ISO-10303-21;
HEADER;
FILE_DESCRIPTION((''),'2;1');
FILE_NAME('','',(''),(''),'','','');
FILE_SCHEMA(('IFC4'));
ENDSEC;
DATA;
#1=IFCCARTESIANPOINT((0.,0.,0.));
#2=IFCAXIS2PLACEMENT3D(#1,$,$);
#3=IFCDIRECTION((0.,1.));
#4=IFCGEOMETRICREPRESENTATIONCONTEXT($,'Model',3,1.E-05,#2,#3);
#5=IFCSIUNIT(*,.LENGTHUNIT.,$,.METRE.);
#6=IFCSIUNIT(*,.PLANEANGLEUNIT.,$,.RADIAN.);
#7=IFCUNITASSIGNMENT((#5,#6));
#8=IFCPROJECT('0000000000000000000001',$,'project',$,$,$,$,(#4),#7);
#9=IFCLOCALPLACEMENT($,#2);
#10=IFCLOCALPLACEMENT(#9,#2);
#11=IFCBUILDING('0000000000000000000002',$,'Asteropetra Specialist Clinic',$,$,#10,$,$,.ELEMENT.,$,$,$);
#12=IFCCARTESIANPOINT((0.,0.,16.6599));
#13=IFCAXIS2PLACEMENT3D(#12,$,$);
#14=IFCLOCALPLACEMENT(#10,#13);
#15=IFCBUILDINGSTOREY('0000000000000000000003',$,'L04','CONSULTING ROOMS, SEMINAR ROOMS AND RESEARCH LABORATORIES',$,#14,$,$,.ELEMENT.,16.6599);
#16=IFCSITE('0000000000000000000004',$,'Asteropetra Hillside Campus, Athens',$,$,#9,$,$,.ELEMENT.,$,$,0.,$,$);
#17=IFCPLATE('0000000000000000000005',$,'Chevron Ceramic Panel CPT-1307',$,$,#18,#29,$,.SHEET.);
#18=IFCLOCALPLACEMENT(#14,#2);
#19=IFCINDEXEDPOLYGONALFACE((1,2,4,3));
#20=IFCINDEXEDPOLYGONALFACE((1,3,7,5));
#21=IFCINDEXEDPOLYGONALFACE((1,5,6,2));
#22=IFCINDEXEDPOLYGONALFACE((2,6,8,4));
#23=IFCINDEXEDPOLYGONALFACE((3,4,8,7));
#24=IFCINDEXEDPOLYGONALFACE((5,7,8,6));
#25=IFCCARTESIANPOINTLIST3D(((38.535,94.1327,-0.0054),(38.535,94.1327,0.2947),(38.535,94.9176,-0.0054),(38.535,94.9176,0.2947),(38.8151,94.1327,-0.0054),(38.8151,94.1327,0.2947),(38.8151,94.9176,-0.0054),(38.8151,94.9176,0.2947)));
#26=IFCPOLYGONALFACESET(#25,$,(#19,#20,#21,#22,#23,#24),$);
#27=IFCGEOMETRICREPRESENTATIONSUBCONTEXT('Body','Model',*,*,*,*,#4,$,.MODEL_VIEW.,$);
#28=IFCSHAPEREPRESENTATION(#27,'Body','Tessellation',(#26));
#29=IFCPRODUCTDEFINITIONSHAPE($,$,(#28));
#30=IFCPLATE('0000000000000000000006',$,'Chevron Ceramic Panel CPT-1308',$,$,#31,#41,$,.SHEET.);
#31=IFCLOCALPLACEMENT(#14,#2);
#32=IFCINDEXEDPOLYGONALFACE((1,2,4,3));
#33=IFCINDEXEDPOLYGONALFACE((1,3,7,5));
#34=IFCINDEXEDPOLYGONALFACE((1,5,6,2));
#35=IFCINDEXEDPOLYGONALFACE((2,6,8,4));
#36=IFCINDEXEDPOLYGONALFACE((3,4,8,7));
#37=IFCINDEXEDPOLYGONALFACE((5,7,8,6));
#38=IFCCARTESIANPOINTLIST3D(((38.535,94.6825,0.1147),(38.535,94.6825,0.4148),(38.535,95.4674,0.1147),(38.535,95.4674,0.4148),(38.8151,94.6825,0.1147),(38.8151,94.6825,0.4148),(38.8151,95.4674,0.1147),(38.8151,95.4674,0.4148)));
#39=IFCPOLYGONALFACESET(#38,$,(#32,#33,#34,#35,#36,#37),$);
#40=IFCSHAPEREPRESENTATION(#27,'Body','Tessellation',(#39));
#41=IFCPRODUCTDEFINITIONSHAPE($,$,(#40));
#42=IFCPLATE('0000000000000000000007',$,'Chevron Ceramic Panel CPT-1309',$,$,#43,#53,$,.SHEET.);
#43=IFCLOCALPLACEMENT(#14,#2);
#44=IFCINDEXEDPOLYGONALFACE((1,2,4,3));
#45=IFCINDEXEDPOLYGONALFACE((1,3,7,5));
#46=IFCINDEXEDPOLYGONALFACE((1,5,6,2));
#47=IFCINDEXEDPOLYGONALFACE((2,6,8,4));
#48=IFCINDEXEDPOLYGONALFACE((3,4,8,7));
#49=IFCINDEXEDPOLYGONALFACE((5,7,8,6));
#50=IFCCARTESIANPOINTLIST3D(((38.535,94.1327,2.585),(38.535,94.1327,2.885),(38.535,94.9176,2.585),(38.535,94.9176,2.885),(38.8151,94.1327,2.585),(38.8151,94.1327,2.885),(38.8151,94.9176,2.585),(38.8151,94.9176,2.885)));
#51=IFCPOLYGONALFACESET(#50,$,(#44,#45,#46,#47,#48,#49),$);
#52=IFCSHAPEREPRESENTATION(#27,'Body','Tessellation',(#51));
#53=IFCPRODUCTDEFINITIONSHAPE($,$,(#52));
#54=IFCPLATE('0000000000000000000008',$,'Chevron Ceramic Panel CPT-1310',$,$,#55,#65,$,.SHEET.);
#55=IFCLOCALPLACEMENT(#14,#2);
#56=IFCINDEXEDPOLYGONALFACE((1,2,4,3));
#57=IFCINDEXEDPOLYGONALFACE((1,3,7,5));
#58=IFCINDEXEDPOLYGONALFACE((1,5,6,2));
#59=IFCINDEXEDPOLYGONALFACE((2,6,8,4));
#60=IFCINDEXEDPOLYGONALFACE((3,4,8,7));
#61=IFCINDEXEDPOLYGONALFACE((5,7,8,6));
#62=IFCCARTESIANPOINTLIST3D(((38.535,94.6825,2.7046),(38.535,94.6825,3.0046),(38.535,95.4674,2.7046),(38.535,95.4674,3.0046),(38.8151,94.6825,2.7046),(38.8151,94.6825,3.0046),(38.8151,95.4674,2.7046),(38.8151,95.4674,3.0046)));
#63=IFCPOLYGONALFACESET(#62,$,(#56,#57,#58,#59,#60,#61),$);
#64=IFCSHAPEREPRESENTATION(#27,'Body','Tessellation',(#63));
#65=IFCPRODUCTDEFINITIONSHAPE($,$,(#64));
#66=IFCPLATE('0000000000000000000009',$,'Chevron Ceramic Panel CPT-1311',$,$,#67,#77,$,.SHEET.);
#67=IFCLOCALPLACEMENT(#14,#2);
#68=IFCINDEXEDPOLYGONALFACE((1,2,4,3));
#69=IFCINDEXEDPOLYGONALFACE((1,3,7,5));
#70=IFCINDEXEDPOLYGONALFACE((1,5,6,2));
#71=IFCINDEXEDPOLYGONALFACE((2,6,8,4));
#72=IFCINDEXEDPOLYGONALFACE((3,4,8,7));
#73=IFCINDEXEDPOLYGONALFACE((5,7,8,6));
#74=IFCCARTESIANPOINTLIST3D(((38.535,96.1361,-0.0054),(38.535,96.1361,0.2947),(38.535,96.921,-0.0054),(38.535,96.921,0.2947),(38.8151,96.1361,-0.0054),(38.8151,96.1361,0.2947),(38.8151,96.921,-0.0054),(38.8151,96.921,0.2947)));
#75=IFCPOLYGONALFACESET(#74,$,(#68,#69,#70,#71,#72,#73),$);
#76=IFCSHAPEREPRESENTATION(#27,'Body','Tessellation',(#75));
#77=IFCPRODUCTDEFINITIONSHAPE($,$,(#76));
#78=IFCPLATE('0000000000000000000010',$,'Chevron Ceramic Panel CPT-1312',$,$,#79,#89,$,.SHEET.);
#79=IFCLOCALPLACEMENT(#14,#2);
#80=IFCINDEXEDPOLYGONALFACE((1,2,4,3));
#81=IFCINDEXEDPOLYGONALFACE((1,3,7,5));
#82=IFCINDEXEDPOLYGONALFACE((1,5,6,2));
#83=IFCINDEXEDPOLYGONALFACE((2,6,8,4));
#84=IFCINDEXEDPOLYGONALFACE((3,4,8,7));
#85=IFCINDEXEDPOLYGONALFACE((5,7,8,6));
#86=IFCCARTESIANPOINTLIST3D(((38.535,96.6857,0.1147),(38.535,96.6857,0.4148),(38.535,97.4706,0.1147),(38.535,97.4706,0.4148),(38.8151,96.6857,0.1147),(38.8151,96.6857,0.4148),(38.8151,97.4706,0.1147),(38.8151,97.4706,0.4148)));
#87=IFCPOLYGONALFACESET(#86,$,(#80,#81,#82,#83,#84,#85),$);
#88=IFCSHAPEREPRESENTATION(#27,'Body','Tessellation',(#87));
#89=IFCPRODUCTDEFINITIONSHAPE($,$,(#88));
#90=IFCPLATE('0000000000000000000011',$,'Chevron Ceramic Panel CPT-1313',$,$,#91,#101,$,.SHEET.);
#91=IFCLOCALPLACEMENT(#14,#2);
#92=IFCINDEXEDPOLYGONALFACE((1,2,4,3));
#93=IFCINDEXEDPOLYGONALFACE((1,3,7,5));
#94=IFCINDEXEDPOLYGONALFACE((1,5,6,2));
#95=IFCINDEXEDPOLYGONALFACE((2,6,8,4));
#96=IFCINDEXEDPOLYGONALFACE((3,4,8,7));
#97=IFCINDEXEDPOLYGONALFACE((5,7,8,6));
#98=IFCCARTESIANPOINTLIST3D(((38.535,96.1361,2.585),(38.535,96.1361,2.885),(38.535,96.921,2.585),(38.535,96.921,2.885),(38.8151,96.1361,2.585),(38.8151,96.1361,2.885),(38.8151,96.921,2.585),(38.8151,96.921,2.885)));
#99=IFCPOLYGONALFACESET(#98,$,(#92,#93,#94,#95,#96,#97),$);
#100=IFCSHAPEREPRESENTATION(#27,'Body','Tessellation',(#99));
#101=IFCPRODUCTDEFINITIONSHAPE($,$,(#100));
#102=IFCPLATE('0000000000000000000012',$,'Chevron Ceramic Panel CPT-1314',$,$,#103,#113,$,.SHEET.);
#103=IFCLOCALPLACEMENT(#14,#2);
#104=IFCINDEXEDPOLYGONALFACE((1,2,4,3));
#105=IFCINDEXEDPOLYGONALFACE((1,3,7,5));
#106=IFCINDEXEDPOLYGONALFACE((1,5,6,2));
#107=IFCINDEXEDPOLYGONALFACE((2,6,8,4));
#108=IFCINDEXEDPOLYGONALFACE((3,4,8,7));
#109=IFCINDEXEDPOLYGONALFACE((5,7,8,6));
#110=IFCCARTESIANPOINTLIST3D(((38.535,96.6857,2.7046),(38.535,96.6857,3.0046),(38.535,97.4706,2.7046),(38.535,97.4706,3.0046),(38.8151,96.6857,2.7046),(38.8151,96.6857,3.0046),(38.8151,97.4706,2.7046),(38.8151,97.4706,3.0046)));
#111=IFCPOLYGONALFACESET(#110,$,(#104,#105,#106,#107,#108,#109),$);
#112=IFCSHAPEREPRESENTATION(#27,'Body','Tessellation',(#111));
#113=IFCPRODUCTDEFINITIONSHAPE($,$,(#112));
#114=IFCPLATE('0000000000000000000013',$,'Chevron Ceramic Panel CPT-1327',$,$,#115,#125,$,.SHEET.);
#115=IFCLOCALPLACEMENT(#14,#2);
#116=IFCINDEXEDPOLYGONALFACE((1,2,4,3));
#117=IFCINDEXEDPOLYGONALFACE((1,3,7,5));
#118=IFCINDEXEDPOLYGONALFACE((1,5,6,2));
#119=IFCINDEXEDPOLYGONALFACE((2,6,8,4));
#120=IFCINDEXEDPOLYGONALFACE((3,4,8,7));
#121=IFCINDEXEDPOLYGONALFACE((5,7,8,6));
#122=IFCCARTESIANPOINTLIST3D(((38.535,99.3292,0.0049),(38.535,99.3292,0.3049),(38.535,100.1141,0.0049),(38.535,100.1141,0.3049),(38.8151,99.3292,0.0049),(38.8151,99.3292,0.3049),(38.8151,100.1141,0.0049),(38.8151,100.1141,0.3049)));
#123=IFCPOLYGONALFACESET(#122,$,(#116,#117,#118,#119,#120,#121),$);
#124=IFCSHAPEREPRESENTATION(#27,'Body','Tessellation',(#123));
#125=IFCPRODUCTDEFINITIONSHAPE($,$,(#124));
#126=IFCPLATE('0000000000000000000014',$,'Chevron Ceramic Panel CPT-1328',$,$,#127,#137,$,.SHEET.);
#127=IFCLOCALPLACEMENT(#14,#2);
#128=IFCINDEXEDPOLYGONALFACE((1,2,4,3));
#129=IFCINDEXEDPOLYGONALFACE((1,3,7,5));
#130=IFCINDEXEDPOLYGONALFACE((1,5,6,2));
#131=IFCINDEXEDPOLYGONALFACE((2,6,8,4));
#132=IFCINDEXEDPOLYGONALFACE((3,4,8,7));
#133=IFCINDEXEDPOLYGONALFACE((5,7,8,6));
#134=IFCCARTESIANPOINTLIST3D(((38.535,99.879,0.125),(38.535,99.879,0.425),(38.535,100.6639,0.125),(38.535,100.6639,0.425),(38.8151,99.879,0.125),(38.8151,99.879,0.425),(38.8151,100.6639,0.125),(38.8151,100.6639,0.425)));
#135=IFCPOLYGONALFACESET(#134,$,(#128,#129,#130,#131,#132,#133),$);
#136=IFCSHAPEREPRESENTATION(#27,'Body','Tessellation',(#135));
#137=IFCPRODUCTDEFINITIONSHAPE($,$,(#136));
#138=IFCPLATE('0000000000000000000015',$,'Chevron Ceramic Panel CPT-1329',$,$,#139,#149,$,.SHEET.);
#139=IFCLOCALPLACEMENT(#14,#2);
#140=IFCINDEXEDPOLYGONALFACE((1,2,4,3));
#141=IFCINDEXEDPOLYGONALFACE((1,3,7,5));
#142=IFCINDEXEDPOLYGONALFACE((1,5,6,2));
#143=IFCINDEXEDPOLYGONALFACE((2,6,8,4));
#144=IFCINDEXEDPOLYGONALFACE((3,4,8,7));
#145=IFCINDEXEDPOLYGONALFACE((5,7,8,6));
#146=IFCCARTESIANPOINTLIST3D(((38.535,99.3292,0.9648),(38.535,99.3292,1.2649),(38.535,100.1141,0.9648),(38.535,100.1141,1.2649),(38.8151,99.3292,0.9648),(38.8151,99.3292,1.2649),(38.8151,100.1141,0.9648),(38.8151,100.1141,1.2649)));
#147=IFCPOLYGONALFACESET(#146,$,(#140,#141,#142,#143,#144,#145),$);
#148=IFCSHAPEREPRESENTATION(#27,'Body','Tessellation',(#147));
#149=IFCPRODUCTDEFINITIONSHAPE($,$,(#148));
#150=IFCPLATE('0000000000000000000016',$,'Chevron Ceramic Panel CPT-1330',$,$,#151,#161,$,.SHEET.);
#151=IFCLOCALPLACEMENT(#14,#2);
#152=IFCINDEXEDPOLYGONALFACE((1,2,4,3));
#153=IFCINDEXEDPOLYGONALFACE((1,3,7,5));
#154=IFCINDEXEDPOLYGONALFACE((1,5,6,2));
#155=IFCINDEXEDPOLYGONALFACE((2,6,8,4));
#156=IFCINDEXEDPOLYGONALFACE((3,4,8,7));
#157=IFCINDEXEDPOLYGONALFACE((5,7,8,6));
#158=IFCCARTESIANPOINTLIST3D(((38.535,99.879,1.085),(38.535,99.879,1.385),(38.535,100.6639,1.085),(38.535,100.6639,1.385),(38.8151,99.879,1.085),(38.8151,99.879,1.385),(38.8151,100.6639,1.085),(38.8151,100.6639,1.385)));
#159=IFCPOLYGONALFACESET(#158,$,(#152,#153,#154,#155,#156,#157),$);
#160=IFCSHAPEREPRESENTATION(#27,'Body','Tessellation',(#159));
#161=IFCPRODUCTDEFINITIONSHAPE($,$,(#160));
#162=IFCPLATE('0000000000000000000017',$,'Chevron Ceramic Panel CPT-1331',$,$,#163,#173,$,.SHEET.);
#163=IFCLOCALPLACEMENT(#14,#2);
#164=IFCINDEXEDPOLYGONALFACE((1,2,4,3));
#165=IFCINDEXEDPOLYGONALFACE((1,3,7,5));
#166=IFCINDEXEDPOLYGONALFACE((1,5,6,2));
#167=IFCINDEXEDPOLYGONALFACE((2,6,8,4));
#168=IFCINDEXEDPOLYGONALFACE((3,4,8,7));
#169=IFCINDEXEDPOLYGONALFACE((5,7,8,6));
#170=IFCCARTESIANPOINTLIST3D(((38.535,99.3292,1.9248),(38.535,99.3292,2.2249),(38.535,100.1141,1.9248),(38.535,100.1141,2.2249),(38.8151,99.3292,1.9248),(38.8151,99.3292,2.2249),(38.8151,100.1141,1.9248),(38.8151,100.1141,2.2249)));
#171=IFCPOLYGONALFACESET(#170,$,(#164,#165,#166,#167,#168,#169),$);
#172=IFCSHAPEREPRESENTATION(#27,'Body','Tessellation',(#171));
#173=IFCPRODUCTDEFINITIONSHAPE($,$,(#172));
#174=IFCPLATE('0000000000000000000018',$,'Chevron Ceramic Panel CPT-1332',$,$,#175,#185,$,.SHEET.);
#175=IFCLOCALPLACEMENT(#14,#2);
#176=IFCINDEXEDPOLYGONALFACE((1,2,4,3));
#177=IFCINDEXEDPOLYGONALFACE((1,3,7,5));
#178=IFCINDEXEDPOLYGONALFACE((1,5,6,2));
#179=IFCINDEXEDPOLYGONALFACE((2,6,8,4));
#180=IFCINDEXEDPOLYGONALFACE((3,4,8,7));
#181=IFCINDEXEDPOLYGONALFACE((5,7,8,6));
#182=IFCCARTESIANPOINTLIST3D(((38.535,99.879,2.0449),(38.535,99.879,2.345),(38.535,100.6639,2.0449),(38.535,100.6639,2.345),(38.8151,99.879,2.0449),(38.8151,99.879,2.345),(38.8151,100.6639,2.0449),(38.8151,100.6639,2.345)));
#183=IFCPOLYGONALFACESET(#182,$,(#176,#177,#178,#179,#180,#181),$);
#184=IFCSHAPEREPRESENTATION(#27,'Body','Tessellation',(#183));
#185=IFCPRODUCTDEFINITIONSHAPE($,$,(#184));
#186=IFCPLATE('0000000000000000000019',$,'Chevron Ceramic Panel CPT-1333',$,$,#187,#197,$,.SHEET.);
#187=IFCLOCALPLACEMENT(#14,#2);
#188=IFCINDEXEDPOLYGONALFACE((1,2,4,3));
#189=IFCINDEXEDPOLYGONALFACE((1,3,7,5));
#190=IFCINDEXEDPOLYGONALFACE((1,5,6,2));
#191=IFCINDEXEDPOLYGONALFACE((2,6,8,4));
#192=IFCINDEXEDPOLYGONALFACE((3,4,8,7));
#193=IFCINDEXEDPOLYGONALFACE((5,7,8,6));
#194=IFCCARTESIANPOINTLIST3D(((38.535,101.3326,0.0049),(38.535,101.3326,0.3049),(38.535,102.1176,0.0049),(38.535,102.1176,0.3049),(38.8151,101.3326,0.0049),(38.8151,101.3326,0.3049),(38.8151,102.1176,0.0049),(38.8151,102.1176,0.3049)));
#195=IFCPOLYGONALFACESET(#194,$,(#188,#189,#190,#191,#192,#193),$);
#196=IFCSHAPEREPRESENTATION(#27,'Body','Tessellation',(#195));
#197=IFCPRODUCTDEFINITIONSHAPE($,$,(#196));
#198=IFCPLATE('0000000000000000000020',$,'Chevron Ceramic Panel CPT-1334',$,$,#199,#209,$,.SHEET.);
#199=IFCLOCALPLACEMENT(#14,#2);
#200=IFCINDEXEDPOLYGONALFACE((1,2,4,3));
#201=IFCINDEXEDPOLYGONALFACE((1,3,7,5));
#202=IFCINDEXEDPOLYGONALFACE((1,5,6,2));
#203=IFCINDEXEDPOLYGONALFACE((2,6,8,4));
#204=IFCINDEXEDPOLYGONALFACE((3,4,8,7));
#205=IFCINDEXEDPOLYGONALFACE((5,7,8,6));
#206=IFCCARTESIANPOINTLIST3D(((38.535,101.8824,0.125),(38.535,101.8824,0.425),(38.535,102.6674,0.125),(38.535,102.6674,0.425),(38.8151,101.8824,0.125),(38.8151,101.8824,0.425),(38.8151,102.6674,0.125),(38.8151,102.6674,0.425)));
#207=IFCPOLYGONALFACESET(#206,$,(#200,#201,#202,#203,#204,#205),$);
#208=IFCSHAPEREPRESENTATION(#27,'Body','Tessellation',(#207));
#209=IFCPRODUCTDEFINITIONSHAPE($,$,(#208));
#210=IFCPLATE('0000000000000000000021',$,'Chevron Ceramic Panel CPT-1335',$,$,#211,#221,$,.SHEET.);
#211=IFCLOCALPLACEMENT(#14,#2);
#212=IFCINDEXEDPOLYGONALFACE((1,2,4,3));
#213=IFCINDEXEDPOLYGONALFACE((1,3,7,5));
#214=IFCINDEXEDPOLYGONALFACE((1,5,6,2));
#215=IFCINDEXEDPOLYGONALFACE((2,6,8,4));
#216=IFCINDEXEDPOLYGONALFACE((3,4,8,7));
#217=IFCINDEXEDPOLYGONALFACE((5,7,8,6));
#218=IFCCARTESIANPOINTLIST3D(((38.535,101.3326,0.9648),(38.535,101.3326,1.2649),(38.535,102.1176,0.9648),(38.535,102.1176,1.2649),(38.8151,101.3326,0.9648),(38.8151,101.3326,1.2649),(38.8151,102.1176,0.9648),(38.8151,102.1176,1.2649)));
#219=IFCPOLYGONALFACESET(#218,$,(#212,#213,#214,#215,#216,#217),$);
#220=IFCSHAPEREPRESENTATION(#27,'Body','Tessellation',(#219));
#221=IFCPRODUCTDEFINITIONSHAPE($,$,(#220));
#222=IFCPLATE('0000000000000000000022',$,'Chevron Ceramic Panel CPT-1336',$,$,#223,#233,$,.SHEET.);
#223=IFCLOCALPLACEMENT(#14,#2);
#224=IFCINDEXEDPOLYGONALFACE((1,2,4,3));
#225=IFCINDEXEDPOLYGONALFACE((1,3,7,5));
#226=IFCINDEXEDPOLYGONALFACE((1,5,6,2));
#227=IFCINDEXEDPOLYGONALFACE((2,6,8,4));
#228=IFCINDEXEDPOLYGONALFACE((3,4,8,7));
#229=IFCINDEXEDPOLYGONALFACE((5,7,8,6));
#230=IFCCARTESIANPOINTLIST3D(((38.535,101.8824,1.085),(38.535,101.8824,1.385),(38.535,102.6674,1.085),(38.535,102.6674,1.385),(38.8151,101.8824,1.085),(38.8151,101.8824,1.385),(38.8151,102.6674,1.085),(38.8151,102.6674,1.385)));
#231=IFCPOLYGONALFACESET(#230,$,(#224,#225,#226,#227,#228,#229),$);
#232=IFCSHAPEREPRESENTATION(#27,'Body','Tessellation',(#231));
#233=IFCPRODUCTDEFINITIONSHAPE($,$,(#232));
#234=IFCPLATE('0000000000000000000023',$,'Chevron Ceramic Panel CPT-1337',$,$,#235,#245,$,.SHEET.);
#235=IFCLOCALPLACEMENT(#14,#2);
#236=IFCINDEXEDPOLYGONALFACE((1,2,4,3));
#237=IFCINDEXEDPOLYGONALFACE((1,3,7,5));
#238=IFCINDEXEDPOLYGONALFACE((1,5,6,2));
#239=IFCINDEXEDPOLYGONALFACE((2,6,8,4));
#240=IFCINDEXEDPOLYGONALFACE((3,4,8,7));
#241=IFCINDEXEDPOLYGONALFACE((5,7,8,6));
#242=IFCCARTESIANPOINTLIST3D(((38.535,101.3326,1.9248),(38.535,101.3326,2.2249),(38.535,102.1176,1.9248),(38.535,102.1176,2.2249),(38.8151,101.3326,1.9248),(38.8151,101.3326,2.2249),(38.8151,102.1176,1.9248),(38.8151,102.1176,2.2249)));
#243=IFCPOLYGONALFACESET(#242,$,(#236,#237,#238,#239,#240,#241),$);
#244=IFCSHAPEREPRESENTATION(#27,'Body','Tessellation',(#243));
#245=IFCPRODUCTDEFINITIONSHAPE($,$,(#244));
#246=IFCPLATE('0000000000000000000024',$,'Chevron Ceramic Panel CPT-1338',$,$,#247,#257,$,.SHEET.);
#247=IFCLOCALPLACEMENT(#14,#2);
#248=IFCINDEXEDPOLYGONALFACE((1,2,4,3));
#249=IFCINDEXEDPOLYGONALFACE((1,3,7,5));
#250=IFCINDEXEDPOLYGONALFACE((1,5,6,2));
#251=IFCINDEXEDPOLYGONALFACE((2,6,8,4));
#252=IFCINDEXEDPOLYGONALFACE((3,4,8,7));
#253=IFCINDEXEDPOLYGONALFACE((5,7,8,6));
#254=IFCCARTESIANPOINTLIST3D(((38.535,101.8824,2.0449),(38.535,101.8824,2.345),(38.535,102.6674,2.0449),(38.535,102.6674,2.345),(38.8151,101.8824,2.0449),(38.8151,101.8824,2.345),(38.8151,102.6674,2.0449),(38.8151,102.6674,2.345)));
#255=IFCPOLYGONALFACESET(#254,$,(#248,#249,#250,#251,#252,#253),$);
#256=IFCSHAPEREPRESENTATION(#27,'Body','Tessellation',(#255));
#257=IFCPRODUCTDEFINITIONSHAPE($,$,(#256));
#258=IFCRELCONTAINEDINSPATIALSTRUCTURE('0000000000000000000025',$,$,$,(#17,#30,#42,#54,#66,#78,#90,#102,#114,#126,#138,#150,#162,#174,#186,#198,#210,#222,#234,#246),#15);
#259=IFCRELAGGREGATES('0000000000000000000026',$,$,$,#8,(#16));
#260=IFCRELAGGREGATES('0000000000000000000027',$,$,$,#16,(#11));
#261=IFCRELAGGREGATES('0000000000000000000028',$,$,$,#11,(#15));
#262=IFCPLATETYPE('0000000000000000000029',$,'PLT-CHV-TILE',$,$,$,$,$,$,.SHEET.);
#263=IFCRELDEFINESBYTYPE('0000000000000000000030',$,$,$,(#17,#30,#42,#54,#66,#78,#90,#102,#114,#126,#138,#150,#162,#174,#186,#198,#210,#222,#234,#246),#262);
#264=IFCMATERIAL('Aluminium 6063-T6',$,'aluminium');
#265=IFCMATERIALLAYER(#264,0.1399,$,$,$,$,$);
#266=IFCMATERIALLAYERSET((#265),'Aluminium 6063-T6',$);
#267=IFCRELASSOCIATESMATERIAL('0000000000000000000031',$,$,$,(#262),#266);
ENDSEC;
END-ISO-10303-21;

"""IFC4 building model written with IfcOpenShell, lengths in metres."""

from ifc_helpers import new_model, si_unit, direction, frame, origin, origin_2d, place, context, subcontext, project, spatial, rectangle, extrude, material, layer, layer_set, type_object, element, save


model = new_model("IFC4")

# Units and contexts
model_context = context("Model", 3, precision=1e-05, world=origin(), true_north=direction((0.0, 1.0)))
body_context = subcontext(model_context, "Body", "Model", "MODEL_VIEW")
ifc_project = project(units=[si_unit("LENGTHUNIT", "METRE"), si_unit("PLANEANGLEUNIT", "RADIAN")], contexts=[model_context])

# Site, building, storey
site_placement = place(None, origin())
site = spatial("IfcSite", under=ifc_project, at=site_placement, Name="Asteropetra Hillside Campus, Athens", CompositionType="ELEMENT", RefElevation=0.0)
building_placement = place(site_placement, origin())
building = spatial("IfcBuilding", under=site, at=building_placement, Name="Asteropetra Specialist Clinic", CompositionType="ELEMENT")
storey_placement = place(building_placement, frame((0.0, 0.0, 16.6599)))
storey = spatial("IfcBuildingStorey", under=building, at=storey_placement, Name="L04", Description="CONSULTING ROOMS, SEMINAR ROOMS AND RESEARCH LABORATORIES", CompositionType="ELEMENT", Elevation=16.6599)

# Plates
ifc_material = material(Name="Aluminium 6063-T6", Category="aluminium")
ifc_layer = layer(ifc_material, 0.1399)
ifc_layer_set = layer_set([ifc_layer], Name="Aluminium 6063-T6")
plate_type = type_object("IfcPlateType", Name="PLT-CHV-TILE", PredefinedType="SHEET", material=ifc_layer_set)
for number, where, z_axis, x_axis, name in (
    (1, (38.675, 94.5251, -0.0054), (0.0, 0.0, 1.0), (1.0, 0.0, 0.0), "Chevron Ceramic Panel CPT-1307"),
    (2, (38.675, 95.075, 0.1147), (0.0, 0.0, 1.0), (1.0, 0.0, 0.0), "Chevron Ceramic Panel CPT-1308"),
    (3, (38.675, 94.5251, 2.585), (0.0, 0.0, 1.0), (1.0, 0.0, 0.0), "Chevron Ceramic Panel CPT-1309"),
    (4, (38.675, 95.075, 2.7046), (0.0, 0.0, 1.0), (1.0, 0.0, 0.0), "Chevron Ceramic Panel CPT-1310"),
    (5, (38.675, 96.5286, -0.0054), (0.0, 0.0, 1.0), (1.0, 0.0, 0.0), "Chevron Ceramic Panel CPT-1311"),
    (6, (38.675, 97.0781, 0.1147), (0.0, 0.0, 1.0), (1.0, 0.0, 0.0), "Chevron Ceramic Panel CPT-1312"),
    (7, (38.675, 96.5286, 2.585), (0.0, 0.0, 1.0), (1.0, 0.0, 0.0), "Chevron Ceramic Panel CPT-1313"),
    (8, (38.675, 97.0781, 2.7046), (0.0, 0.0, 1.0), (1.0, 0.0, 0.0), "Chevron Ceramic Panel CPT-1314"),
    (9, (38.675, 99.7217, 0.0049), (0.0, 0.0, 1.0), (1.0, 0.0, 0.0), "Chevron Ceramic Panel CPT-1327"),
    (10, (38.675, 100.2715, 0.125), (0.0, 0.0, 1.0), (1.0, 0.0, 0.0), "Chevron Ceramic Panel CPT-1328"),
    (11, (38.675, 99.7217, 0.9648), (0.0, 0.0, 1.0), (1.0, 0.0, 0.0), "Chevron Ceramic Panel CPT-1329"),
    (12, (38.675, 100.2715, 1.085), (0.0, 0.0, 1.0), (1.0, 0.0, 0.0), "Chevron Ceramic Panel CPT-1330"),
    (13, (38.675, 99.7217, 1.9248), (0.0, 0.0, 1.0), (1.0, 0.0, 0.0), "Chevron Ceramic Panel CPT-1331"),
    (14, (38.675, 100.2715, 2.0449), (0.0, 0.0, 1.0), (1.0, 0.0, 0.0), "Chevron Ceramic Panel CPT-1332"),
    (15, (38.675, 101.7251, 0.0049), (0.0, 0.0, 1.0), (1.0, 0.0, 0.0), "Chevron Ceramic Panel CPT-1333"),
    (16, (38.675, 102.2749, 0.125), (0.0, 0.0, 1.0), (1.0, 0.0, 0.0), "Chevron Ceramic Panel CPT-1334"),
    (17, (38.675, 101.7251, 0.9648), (0.0, 0.0, 1.0), (1.0, 0.0, 0.0), "Chevron Ceramic Panel CPT-1335"),
    (18, (38.675, 102.2749, 1.085), (0.0, 0.0, 1.0), (1.0, 0.0, 0.0), "Chevron Ceramic Panel CPT-1336"),
    (19, (38.675, 101.7251, 1.9248), (0.0, 0.0, 1.0), (1.0, 0.0, 0.0), "Chevron Ceramic Panel CPT-1337"),
    (20, (38.675, 102.2749, 2.0449), (0.0, 0.0, 1.0), (1.0, 0.0, 0.0), "Chevron Ceramic Panel CPT-1338"),
):
    element("IfcPlate", number, at=place(storey_placement, frame(where, z_axis=z_axis, x_axis=x_axis)), inside=storey, type_object=plate_type, Name=name, PredefinedType="SHEET", context=body_context, shape_type="SweptSolid", body=[
        extrude(rectangle(XDim=0.28, YDim=0.7849, at=origin_2d()), origin(), (0.0, 0.0, 1.0), 0.3),
    ])

save(model, "model.ifc")
